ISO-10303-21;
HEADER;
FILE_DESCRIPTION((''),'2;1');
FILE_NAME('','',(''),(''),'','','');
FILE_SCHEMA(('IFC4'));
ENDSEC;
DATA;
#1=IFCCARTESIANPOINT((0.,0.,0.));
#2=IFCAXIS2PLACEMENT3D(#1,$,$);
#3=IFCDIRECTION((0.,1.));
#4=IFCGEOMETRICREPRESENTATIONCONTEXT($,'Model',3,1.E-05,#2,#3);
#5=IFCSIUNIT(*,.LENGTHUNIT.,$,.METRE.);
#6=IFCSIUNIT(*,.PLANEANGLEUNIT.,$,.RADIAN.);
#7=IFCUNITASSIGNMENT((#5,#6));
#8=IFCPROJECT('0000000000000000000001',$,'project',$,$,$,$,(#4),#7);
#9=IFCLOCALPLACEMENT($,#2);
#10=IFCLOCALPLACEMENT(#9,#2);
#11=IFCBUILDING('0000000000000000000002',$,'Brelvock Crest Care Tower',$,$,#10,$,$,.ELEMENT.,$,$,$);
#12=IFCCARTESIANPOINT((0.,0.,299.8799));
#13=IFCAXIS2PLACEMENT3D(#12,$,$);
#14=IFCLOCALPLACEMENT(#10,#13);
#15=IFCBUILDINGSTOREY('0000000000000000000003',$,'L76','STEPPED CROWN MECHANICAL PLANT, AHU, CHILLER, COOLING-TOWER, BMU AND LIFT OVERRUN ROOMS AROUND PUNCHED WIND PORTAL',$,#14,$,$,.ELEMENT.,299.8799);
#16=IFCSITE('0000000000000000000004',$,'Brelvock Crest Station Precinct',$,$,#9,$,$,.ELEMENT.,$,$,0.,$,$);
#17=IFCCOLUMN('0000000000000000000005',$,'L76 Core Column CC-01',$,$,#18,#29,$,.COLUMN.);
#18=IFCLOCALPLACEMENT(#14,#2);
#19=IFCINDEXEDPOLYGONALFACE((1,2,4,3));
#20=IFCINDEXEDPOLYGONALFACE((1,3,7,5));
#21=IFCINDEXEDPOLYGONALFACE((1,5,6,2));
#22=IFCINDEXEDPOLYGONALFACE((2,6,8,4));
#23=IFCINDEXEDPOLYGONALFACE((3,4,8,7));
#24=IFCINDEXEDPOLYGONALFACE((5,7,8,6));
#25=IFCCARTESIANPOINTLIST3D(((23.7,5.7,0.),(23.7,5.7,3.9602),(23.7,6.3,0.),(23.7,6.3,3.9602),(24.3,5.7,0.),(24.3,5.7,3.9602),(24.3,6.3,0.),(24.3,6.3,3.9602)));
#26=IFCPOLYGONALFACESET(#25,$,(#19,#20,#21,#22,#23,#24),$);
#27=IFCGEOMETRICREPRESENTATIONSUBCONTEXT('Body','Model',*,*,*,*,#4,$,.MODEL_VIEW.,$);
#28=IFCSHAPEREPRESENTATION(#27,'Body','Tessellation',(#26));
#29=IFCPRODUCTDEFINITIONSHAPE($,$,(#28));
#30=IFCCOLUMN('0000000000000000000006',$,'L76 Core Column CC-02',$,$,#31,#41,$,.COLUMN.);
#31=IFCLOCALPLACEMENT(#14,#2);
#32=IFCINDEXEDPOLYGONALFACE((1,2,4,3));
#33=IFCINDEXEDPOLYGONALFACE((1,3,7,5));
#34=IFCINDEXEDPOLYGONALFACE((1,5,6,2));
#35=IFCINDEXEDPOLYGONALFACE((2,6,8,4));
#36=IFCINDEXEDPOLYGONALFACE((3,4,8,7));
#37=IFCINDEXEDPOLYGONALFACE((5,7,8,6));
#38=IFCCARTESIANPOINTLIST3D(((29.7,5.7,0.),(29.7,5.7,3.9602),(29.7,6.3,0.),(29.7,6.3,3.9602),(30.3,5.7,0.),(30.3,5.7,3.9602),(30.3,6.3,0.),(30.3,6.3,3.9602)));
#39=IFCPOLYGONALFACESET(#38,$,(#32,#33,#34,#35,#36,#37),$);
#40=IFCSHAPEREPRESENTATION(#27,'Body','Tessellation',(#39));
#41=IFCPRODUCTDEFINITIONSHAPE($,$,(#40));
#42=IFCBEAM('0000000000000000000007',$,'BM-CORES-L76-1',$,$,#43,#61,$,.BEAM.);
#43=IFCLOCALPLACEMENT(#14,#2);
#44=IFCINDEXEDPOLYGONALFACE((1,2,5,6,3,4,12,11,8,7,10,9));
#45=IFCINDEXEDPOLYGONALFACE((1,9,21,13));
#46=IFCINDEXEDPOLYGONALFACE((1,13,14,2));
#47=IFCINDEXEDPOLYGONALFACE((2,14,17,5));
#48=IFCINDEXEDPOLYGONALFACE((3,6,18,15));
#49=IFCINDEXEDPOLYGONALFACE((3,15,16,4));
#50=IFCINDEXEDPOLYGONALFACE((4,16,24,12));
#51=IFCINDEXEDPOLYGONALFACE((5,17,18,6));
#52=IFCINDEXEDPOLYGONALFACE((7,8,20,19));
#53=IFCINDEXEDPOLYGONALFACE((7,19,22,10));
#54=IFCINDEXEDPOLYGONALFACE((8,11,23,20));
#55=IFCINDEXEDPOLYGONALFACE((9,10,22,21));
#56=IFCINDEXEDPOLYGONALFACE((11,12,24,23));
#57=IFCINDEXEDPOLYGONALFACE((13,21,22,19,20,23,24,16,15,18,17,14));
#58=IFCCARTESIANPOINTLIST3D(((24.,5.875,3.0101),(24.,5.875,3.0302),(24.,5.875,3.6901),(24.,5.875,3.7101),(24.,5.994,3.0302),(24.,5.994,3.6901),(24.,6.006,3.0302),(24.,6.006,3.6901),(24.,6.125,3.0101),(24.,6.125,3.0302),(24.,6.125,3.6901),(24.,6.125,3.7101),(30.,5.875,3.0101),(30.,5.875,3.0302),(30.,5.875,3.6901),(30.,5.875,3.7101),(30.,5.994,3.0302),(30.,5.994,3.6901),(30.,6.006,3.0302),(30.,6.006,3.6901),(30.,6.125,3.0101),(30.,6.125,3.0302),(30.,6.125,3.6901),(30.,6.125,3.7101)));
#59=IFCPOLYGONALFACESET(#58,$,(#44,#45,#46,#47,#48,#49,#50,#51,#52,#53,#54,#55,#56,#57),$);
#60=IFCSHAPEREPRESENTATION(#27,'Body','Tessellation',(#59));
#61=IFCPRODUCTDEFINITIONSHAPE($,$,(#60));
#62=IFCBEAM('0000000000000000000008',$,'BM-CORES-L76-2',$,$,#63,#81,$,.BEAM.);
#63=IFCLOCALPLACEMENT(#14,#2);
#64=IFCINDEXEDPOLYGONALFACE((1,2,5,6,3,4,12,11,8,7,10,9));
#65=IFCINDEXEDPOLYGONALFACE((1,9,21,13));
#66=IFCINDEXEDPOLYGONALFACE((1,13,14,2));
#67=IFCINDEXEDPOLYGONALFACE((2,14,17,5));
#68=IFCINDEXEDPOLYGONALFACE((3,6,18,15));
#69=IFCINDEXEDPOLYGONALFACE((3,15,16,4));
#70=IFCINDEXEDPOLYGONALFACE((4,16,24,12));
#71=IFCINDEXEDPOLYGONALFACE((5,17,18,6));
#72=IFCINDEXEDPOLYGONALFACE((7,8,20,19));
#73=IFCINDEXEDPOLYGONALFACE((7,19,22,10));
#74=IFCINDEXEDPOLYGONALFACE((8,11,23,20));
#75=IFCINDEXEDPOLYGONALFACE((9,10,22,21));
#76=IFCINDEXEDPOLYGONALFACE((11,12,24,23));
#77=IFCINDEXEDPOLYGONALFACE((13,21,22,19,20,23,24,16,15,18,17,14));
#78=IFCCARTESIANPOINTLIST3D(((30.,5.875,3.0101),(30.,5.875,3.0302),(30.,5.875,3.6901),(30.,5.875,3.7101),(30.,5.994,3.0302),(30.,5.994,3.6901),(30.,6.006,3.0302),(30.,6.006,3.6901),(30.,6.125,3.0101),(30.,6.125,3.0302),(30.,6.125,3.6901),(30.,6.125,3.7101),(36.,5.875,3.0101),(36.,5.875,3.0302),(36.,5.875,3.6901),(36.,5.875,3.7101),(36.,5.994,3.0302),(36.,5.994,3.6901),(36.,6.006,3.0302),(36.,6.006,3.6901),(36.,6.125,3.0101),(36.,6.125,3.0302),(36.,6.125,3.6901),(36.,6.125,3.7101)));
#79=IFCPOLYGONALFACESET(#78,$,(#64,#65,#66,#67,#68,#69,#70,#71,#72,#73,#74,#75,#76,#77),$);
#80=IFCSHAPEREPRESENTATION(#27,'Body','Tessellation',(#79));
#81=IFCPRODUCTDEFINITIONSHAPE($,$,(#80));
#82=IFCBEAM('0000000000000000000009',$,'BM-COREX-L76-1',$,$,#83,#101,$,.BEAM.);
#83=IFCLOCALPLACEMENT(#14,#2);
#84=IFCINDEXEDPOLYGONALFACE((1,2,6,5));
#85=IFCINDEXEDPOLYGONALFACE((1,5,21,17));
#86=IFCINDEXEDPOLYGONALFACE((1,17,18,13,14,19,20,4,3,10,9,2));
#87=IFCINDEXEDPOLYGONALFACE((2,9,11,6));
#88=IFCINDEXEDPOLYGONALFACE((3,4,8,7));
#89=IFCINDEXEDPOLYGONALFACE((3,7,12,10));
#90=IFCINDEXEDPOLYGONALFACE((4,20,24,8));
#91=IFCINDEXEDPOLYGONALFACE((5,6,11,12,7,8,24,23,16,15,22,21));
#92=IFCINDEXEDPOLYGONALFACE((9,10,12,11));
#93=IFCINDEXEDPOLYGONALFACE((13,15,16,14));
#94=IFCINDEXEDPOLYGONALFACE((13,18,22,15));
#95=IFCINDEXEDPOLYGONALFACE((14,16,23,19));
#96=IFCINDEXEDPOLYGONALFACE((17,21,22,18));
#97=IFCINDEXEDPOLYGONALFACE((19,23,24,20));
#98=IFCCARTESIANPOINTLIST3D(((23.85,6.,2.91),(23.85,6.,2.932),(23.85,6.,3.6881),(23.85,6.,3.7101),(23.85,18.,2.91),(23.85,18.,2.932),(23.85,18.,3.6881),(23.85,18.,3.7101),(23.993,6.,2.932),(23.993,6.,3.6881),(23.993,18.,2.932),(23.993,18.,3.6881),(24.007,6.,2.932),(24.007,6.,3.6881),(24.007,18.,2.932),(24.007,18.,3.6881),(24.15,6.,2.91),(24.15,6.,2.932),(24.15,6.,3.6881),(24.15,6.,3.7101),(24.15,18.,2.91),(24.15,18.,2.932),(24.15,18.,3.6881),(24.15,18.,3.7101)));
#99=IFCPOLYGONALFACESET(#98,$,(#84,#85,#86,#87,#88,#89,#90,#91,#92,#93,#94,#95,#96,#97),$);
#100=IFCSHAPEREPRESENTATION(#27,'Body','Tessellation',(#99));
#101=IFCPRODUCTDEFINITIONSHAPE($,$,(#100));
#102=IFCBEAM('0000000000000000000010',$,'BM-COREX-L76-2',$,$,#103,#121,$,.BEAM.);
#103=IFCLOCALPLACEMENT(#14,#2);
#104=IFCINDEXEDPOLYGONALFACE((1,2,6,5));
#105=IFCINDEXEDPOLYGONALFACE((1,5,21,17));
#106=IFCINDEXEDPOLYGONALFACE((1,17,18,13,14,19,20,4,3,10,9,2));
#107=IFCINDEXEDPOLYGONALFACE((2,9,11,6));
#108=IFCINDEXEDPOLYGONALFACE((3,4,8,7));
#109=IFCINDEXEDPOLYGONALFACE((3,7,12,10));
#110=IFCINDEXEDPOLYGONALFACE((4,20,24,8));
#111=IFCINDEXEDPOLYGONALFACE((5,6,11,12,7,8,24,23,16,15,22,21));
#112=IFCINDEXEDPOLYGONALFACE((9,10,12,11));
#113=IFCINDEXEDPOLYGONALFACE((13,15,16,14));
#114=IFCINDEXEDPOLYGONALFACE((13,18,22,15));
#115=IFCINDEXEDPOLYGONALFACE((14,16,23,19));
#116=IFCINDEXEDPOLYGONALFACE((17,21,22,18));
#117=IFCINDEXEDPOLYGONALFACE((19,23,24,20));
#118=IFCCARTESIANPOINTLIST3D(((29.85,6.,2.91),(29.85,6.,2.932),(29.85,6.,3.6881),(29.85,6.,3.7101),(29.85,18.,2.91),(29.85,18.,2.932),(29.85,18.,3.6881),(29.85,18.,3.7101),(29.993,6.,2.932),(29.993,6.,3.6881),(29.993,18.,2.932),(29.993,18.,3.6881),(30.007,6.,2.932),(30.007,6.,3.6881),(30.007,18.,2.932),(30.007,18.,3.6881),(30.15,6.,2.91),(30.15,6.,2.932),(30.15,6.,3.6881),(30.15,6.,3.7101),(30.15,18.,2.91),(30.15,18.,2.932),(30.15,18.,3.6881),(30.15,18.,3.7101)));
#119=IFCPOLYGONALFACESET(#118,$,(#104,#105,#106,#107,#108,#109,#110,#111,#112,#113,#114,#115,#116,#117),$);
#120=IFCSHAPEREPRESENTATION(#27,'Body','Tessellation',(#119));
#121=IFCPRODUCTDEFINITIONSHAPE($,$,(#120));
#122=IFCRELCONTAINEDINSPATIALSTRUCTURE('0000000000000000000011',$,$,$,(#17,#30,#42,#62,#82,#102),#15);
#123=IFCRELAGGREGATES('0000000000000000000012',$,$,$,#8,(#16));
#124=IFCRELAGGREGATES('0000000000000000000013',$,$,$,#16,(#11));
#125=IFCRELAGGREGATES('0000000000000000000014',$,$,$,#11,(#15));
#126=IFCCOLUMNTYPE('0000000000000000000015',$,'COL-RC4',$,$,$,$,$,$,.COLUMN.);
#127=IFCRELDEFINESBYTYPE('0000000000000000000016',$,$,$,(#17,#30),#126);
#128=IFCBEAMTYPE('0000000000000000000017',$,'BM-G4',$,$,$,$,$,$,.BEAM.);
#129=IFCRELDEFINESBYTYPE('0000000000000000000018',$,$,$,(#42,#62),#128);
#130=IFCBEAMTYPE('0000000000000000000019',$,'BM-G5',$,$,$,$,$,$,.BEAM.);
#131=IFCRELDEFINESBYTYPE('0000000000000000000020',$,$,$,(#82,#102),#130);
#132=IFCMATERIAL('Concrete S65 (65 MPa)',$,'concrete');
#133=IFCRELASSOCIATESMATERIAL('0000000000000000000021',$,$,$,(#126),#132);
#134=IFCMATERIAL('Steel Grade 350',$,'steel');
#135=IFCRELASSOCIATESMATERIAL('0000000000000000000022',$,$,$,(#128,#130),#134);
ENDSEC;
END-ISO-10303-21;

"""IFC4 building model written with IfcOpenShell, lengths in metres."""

from ifc_helpers import new_model, si_unit, direction, frame, origin, origin_2d, place, context, subcontext, project, spatial, rectangle, i_section, extrude, source, transform, mapped, material, material_profile, profile_set, type_object, element, save


model = new_model("IFC4")

# Units and contexts
model_context = context("Model", 3, precision=1e-05, world=origin(), true_north=direction((0.0, 1.0)))
body_context = subcontext(model_context, "Body", "Model", "MODEL_VIEW")
ifc_project = project(units=[si_unit("LENGTHUNIT", "METRE"), si_unit("PLANEANGLEUNIT", "RADIAN")], contexts=[model_context])

# Site, building, storey
site_placement = place(None, origin())
site = spatial("IfcSite", under=ifc_project, at=site_placement, Name="Brelvock Crest Station Precinct", CompositionType="ELEMENT", RefElevation=0.0)
building_placement = place(site_placement, origin())
building = spatial("IfcBuilding", under=site, at=building_placement, Name="Brelvock Crest Care Tower", CompositionType="ELEMENT")
storey_placement = place(building_placement, frame((0.0, 0.0, 299.8799)))
storey = spatial("IfcBuildingStorey", under=building, at=storey_placement, Name="L76", Description="STEPPED CROWN MECHANICAL PLANT, AHU, CHILLER, COOLING-TOWER, BMU AND LIFT OVERRUN ROOMS AROUND PUNCHED WIND PORTAL", CompositionType="ELEMENT", Elevation=299.8799)

# Columns
ifc_material_1 = material(Name="Concrete S65 (65 MPa)", Category="concrete")
ifc_material_profile_1 = material_profile(ifc_material_1, rectangle(XDim=0.6001, YDim=0.6001, at=origin_2d()), Name="RC600x600")
ifc_profile_set_1 = profile_set([ifc_material_profile_1], Name="Concrete S65 (65 MPa)")
column_type = type_object("IfcColumnType", Name="COL-RC4", PredefinedType="COLUMN", material=ifc_profile_set_1)
shared_shape_1 = source(origin(), body_context, "Body", "SweptSolid", [
    extrude(rectangle(XDim=0.6001, YDim=0.6001, at=origin_2d()), origin(), (0.0, 0.0, 1.0), 3.9602),
])
for number, where, z_axis, x_axis, name in (
    (1, (24.0, 6.0, 0.0), (0.0, 0.0, 1.0), (1.0, 0.0, 0.0), "L76 Core Column CC-01"),
    (2, (30.0, 6.0, 0.0), (0.0, 0.0, 1.0), (1.0, 0.0, 0.0), "L76 Core Column CC-02"),
):
    element("IfcColumn", number, at=place(storey_placement, frame(where, z_axis=z_axis, x_axis=x_axis)), inside=storey, type_object=column_type, Name=name, PredefinedType="COLUMN", context=body_context, shape_type="MappedRepresentation", body=[
        mapped(shared_shape_1, transform((0.0, 0.0, 0.0), x_axis=(1.0, 0.0, 0.0), y_axis=(0.0, 1.0, 0.0), z_axis=(0.0, 0.0, 1.0), scale=1.0)),
    ])

# Beams
ifc_material_2 = material(Name="Steel Grade 350", Category="steel")
ifc_material_profile_2 = material_profile(ifc_material_2, i_section(OverallWidth=0.25, OverallDepth=0.7, WebThickness=0.012, FlangeThickness=0.02, at=origin_2d()), Name="700WB150")
ifc_profile_set_2 = profile_set([ifc_material_profile_2], Name="Steel Grade 350")
beam_type_1 = type_object("IfcBeamType", Name="BM-G4", PredefinedType="BEAM", material=ifc_profile_set_2)
shared_shape_2 = source(origin(), body_context, "Body", "SweptSolid", [
    extrude(i_section(OverallWidth=0.25, OverallDepth=0.7, WebThickness=0.012, FlangeThickness=0.02, at=origin_2d()), origin(), (0.0, 0.0, 1.0), 6.0),
])
for number, where, z_axis, x_axis, name in (
    (3, (24.0, 6.0, 3.3601), (1.0, 0.0, 0.0), (0.0, 1.0, 0.0), "BM-CORES-L76-1"),
    (4, (30.0, 6.0, 3.3601), (1.0, 0.0, 0.0), (0.0, 1.0, 0.0), "BM-CORES-L76-2"),
):
    element("IfcBeam", number, at=place(storey_placement, frame(where, z_axis=z_axis, x_axis=x_axis)), inside=storey, type_object=beam_type_1, Name=name, PredefinedType="BEAM", context=body_context, shape_type="MappedRepresentation", body=[
        mapped(shared_shape_2, transform((0.0, 0.0, 0.0), x_axis=(1.0, 0.0, 0.0), y_axis=(0.0, 1.0, 0.0), z_axis=(0.0, 0.0, 1.0), scale=1.0)),
    ])
ifc_material_profile_3 = material_profile(ifc_material_2, i_section(OverallWidth=0.3, OverallDepth=0.8, WebThickness=0.0139, FlangeThickness=0.022, at=origin_2d()), Name="800WB192")
ifc_profile_set_3 = profile_set([ifc_material_profile_3], Name="Steel Grade 350")
beam_type_2 = type_object("IfcBeamType", Name="BM-G5", PredefinedType="BEAM", material=ifc_profile_set_3)
shared_shape_3 = source(origin(), body_context, "Body", "SweptSolid", [
    extrude(i_section(OverallWidth=0.3, OverallDepth=0.8, WebThickness=0.0139, FlangeThickness=0.022, at=origin_2d()), origin(), (0.0, 0.0, 1.0), 12.0),
])
for number, where, z_axis, x_axis, name in (
    (5, (24.0, 6.0, 3.3101), (0.0, 1.0, 0.0), (-1.0, 0.0, 0.0), "BM-COREX-L76-1"),
    (6, (30.0, 6.0, 3.3101), (0.0, 1.0, 0.0), (-1.0, 0.0, 0.0), "BM-COREX-L76-2"),
):
    element("IfcBeam", number, at=place(storey_placement, frame(where, z_axis=z_axis, x_axis=x_axis)), inside=storey, type_object=beam_type_2, Name=name, PredefinedType="BEAM", context=body_context, shape_type="MappedRepresentation", body=[
        mapped(shared_shape_3, transform((0.0, 0.0, 0.0), x_axis=(1.0, 0.0, 0.0), y_axis=(0.0, 1.0, 0.0), z_axis=(0.0, 0.0, 1.0), scale=1.0)),
    ])

save(model, "model.ifc")
